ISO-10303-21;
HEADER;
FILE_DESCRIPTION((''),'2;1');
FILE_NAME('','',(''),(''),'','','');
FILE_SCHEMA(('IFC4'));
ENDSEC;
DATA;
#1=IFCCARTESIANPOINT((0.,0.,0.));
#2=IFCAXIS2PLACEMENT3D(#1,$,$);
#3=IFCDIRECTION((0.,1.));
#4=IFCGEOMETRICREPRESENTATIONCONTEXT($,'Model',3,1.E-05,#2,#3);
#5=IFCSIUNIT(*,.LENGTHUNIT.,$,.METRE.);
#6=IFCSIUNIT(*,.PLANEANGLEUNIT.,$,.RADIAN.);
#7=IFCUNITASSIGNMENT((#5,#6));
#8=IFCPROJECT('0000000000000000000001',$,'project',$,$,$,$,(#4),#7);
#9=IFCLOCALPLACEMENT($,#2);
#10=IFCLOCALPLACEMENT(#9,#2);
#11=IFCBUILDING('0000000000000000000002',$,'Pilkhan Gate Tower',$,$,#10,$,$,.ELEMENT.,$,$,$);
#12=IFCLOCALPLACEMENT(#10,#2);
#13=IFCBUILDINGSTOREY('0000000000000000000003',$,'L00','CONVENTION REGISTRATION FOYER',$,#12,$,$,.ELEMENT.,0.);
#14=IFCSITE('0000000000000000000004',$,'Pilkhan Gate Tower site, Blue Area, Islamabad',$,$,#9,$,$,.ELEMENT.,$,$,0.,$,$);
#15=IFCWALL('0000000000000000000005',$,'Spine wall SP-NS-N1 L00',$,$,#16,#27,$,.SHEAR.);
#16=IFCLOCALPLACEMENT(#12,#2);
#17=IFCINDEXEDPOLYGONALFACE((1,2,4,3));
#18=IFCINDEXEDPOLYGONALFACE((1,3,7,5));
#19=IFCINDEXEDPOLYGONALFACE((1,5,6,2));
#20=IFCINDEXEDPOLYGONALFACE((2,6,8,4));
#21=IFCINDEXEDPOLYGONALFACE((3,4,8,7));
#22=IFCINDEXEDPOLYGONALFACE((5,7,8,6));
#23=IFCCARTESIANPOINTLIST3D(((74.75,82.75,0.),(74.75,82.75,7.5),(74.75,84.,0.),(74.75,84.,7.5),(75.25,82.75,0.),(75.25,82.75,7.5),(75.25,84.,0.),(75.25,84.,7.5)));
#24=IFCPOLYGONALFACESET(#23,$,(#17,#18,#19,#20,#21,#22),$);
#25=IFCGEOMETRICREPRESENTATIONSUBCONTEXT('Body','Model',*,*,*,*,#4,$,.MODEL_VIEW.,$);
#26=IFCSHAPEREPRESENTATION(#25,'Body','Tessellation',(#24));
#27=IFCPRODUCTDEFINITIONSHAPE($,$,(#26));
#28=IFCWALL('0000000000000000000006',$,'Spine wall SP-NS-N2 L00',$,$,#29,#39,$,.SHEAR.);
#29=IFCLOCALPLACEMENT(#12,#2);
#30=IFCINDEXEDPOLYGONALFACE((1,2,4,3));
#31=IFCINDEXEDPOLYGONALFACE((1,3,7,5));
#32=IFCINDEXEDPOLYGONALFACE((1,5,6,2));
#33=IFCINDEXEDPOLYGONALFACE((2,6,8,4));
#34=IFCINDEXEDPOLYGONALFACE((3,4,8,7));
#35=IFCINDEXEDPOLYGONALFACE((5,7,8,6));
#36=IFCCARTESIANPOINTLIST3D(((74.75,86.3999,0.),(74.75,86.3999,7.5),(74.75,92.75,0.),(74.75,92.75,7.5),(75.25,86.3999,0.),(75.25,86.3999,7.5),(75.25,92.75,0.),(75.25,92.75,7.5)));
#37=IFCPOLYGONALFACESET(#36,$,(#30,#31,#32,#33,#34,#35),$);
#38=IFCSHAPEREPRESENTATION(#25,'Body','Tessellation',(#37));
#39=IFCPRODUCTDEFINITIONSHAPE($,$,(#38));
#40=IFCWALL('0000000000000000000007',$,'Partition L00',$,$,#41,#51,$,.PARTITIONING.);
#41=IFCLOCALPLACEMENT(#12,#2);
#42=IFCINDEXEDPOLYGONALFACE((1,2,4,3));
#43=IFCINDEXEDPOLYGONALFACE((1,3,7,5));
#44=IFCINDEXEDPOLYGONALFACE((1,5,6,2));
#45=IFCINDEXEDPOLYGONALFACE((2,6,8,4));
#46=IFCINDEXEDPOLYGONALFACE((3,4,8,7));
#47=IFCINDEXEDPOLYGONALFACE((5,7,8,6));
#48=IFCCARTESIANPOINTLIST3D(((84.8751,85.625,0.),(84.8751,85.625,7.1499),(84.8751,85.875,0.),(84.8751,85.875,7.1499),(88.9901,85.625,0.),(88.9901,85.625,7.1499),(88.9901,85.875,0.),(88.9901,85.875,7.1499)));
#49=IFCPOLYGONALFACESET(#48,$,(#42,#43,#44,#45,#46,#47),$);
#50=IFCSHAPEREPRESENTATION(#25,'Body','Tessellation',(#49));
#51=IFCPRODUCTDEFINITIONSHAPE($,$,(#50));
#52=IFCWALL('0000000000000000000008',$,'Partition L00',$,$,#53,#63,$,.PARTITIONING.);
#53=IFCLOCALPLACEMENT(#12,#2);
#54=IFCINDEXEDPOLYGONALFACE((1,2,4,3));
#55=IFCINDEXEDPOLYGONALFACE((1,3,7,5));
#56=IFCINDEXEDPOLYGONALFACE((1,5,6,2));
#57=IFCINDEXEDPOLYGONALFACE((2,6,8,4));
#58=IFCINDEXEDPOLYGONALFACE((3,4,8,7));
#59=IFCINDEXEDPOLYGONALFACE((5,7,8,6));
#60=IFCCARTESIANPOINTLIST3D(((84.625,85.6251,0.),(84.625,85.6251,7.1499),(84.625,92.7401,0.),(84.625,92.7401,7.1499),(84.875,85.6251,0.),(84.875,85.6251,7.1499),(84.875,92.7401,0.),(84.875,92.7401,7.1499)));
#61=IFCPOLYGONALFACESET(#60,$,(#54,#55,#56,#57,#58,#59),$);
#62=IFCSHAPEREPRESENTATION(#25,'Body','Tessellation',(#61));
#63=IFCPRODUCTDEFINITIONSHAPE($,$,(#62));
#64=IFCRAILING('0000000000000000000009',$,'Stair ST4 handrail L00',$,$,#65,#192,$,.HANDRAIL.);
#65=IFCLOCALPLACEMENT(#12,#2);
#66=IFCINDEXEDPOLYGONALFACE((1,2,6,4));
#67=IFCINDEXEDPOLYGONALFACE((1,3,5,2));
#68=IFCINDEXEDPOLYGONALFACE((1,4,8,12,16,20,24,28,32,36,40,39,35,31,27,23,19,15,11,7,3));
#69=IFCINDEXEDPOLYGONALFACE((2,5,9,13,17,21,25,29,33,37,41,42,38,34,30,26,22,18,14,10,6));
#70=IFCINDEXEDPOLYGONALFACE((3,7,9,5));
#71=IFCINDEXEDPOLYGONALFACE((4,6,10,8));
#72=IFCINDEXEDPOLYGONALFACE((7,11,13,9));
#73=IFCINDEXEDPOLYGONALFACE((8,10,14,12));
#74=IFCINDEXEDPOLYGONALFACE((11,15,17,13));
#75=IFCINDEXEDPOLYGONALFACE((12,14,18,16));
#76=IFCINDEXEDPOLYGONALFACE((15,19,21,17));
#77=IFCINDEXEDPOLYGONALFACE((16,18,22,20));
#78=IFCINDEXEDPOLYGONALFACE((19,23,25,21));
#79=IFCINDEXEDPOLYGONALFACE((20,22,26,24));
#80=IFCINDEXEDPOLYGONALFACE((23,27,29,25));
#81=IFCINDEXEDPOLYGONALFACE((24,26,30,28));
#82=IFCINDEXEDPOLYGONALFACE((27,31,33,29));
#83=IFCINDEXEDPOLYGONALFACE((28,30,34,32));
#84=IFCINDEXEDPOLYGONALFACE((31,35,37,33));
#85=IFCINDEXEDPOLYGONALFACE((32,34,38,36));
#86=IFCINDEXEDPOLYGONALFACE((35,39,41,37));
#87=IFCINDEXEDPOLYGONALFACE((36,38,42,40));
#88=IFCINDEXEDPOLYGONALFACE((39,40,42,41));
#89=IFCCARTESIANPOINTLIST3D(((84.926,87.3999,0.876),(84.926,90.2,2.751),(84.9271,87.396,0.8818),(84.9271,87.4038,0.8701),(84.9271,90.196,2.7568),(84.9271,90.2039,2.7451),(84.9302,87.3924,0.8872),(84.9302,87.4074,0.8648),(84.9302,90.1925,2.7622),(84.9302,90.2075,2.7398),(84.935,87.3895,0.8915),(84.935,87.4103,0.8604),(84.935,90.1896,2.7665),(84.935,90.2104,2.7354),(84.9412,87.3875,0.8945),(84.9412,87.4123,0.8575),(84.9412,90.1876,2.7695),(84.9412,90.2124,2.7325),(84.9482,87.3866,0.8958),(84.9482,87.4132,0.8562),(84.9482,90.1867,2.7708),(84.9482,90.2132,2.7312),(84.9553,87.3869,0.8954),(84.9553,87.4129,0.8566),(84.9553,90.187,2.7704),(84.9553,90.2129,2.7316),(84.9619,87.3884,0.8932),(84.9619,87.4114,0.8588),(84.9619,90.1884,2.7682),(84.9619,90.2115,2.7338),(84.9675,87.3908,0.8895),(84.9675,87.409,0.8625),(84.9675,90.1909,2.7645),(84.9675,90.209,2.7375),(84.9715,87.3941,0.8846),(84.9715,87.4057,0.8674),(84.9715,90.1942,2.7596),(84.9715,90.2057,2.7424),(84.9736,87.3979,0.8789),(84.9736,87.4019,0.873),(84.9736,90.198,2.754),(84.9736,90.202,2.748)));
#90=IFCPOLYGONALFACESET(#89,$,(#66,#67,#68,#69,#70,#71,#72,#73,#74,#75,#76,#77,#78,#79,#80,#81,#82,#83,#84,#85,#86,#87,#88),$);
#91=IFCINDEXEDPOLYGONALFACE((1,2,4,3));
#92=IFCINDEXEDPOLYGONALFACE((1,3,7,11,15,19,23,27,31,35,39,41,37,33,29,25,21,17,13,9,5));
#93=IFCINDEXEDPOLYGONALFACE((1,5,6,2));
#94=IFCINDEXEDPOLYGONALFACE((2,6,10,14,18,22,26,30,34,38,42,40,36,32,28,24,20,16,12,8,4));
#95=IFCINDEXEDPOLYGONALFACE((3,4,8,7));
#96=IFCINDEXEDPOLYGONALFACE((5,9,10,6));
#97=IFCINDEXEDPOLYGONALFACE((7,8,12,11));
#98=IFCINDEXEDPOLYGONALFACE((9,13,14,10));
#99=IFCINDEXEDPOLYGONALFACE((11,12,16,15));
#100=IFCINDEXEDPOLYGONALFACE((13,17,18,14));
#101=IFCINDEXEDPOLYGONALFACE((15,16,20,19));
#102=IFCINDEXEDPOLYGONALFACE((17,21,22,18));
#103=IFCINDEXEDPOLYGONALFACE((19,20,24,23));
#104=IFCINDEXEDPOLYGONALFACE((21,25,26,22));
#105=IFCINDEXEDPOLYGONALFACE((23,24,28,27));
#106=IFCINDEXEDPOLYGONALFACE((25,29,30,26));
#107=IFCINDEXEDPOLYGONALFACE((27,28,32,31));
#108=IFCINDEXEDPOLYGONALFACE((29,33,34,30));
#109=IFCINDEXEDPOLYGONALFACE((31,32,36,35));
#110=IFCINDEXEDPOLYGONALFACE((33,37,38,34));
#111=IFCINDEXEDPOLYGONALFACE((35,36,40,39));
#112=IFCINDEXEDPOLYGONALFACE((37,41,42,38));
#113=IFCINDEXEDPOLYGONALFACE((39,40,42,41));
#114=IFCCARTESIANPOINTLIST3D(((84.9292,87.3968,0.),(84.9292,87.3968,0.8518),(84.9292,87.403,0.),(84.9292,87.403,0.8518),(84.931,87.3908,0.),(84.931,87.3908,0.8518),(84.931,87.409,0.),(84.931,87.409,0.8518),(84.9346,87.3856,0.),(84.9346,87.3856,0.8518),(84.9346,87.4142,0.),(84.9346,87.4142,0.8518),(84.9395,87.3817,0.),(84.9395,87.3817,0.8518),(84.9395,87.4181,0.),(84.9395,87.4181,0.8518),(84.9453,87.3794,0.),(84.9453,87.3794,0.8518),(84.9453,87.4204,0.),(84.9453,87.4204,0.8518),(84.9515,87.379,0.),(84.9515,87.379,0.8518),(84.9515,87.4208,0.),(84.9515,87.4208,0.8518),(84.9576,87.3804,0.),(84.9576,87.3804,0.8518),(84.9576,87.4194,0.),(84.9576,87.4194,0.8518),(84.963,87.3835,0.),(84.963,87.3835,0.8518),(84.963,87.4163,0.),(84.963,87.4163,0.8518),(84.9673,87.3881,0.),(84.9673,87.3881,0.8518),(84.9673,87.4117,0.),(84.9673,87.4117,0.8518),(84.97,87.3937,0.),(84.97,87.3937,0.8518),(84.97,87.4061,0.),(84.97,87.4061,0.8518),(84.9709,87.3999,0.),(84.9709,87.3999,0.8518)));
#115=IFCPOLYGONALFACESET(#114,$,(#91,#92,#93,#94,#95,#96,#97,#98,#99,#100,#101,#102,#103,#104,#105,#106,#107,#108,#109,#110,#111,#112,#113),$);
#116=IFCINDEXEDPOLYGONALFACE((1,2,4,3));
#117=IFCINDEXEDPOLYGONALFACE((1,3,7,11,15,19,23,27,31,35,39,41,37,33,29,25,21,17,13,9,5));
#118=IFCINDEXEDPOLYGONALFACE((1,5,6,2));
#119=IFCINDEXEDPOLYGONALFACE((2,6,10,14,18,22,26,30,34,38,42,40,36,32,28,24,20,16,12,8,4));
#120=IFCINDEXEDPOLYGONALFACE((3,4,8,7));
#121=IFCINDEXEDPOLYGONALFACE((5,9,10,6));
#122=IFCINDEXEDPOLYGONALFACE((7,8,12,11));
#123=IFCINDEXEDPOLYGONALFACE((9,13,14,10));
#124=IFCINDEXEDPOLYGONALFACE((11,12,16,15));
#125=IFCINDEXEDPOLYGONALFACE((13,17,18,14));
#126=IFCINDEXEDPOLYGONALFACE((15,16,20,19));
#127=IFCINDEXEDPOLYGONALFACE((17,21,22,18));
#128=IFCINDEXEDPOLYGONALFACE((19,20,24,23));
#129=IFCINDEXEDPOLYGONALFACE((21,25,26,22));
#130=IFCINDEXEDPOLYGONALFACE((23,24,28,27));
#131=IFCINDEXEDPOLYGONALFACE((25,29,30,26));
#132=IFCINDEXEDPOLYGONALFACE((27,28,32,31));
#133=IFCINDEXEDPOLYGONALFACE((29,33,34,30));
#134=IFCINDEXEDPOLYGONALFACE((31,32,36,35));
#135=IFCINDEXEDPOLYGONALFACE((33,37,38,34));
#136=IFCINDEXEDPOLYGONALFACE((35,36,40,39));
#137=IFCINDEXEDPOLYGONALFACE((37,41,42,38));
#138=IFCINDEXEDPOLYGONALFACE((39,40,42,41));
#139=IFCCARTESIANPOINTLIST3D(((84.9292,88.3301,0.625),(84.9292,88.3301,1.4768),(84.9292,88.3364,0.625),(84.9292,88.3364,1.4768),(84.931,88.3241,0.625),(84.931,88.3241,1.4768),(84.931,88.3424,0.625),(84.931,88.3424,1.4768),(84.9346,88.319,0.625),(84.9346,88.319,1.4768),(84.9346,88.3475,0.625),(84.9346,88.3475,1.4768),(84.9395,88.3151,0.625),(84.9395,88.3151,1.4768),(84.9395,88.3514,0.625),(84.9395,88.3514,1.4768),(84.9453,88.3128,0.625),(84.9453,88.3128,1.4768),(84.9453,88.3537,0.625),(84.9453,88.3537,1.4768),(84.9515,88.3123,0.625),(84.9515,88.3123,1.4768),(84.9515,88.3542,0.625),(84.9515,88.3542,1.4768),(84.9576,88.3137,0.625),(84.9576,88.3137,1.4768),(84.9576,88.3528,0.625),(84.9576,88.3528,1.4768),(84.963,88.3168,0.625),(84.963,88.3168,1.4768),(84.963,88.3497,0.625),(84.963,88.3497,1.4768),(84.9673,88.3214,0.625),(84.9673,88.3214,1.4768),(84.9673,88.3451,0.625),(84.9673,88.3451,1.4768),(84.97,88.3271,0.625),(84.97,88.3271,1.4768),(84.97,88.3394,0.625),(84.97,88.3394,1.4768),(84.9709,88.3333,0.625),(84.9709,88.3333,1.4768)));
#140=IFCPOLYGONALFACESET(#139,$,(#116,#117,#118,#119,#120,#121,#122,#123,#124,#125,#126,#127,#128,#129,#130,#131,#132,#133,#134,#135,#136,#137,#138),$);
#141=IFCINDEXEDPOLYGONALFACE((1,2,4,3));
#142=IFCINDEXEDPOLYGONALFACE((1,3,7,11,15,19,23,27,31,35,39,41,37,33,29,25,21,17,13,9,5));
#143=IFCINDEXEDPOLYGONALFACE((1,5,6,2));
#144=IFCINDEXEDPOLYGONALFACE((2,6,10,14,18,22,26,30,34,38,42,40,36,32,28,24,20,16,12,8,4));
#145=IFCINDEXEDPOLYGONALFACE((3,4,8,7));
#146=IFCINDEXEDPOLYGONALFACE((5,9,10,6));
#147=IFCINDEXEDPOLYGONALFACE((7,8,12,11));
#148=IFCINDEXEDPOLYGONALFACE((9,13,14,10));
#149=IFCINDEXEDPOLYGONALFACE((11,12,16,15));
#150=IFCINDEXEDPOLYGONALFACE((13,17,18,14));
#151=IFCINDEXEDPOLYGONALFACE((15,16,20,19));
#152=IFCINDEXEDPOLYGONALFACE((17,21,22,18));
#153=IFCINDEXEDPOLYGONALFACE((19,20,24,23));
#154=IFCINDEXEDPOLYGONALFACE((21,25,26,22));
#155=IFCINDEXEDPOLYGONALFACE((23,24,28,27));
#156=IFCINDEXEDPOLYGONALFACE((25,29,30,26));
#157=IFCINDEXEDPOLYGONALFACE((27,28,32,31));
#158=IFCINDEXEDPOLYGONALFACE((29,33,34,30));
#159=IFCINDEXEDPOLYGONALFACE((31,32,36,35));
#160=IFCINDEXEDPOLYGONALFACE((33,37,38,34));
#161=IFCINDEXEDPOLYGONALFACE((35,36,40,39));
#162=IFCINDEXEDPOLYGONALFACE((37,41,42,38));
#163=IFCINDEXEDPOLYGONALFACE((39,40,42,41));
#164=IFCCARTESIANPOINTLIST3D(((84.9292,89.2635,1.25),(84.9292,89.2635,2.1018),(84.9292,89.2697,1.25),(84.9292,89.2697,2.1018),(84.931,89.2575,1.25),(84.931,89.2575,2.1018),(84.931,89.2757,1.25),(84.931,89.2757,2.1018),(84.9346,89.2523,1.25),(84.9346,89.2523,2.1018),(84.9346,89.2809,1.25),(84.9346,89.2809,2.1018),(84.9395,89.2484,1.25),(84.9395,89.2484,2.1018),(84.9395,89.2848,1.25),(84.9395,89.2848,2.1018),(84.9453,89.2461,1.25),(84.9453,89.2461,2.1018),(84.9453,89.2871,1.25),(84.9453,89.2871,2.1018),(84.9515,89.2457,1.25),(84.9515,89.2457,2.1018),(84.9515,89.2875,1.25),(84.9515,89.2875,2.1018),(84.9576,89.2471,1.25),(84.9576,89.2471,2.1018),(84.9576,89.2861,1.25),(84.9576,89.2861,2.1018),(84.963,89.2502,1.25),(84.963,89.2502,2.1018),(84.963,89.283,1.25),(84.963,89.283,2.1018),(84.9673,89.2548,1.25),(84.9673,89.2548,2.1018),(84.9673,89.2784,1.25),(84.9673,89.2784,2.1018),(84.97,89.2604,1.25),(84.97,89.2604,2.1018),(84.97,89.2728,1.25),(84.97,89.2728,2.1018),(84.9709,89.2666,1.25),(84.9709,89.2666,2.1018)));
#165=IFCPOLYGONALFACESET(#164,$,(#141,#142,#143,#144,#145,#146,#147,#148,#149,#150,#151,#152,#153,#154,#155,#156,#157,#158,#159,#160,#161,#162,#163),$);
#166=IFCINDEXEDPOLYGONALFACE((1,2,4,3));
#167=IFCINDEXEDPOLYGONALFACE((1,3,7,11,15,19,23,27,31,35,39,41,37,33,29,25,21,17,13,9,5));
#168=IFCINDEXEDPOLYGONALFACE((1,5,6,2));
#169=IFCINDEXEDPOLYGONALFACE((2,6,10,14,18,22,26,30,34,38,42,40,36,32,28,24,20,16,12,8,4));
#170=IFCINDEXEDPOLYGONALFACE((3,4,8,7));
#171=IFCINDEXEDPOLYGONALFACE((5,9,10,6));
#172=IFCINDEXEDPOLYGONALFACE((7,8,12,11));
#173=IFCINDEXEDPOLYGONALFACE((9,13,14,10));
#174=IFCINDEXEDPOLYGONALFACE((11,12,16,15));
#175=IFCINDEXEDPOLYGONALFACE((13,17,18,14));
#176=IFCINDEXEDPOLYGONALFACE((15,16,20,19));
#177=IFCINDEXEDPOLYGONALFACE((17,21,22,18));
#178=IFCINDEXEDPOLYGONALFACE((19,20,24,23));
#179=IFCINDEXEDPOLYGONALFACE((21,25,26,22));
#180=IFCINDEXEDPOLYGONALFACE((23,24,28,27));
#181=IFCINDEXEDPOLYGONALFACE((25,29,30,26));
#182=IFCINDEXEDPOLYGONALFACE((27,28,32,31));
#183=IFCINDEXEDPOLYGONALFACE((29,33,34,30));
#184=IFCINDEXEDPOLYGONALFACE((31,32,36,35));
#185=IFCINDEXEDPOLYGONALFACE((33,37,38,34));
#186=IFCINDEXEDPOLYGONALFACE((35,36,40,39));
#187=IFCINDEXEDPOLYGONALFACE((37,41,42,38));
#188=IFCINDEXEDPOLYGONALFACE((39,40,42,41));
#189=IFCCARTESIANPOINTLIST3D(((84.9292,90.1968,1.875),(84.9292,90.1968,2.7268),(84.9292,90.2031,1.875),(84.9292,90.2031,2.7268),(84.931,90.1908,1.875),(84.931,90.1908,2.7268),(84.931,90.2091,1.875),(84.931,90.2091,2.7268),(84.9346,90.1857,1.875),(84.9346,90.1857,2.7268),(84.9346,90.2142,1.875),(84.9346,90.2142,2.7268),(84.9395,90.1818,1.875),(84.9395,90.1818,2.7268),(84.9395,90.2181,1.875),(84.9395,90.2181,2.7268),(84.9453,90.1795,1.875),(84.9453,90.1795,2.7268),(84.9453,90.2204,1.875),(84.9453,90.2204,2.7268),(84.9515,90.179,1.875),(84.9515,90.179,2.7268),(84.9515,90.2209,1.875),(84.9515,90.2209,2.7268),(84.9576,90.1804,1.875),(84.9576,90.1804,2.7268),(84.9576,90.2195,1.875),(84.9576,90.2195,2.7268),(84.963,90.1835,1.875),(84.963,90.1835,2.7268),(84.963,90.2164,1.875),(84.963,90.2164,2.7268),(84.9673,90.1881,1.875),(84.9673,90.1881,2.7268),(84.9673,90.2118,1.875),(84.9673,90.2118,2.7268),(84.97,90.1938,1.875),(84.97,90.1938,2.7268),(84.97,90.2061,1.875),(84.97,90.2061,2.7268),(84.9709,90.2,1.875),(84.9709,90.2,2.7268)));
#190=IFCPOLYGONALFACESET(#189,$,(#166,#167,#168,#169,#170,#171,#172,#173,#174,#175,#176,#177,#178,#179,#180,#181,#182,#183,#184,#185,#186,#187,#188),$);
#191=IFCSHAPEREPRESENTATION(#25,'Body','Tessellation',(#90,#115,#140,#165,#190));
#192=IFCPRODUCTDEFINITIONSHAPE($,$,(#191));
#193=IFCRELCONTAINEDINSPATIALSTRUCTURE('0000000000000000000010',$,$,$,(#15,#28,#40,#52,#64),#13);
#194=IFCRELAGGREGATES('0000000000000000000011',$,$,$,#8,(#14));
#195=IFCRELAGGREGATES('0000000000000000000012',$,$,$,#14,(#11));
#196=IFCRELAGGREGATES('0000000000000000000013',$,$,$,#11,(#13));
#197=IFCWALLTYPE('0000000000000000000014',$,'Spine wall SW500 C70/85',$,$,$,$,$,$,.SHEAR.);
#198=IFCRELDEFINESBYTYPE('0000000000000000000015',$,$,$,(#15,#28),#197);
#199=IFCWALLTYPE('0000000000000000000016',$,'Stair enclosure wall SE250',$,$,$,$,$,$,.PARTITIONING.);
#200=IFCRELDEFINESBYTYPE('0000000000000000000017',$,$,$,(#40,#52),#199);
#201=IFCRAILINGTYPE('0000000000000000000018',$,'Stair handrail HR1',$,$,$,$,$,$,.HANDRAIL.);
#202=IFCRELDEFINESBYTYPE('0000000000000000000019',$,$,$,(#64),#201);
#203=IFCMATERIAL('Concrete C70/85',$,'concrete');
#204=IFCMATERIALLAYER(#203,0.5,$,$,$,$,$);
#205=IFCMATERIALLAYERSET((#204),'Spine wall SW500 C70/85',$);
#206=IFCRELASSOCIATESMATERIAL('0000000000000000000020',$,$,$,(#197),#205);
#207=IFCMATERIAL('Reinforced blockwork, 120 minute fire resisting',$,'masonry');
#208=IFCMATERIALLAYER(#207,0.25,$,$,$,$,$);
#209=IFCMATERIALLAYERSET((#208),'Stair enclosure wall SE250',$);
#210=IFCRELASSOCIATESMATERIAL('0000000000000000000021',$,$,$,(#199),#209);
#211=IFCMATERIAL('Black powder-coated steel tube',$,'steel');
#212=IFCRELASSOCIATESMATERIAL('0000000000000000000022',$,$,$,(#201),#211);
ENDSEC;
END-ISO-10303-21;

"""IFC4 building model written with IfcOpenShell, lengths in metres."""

from ifc_helpers import new_model, si_unit, direction, frame, frame_2d, origin, origin_2d, place, context, subcontext, project, spatial, rectangle, circle, extrude, material, layer, layer_set, type_object, element, save


model = new_model("IFC4")

# Units and contexts
model_context = context("Model", 3, precision=1e-05, world=origin(), true_north=direction((0.0, 1.0)))
body_context = subcontext(model_context, "Body", "Model", "MODEL_VIEW")
ifc_project = project(units=[si_unit("LENGTHUNIT", "METRE"), si_unit("PLANEANGLEUNIT", "RADIAN")], contexts=[model_context])

# Site, building, storey
site_placement = place(None, origin())
site = spatial("IfcSite", under=ifc_project, at=site_placement, Name="Pilkhan Gate Tower site, Blue Area, Islamabad", CompositionType="ELEMENT", RefElevation=0.0)
building_placement = place(site_placement, origin())
building = spatial("IfcBuilding", under=site, at=building_placement, Name="Pilkhan Gate Tower", CompositionType="ELEMENT")
storey_placement = place(building_placement, origin())
storey = spatial("IfcBuildingStorey", under=building, at=storey_placement, Name="L00", Description="CONVENTION REGISTRATION FOYER", CompositionType="ELEMENT", Elevation=0.0)

# Shared definitions
ifc_material_1 = material(Name="Concrete C70/85", Category="concrete")

# Walls
ifc_layer_1 = layer(ifc_material_1, 0.5)
ifc_layer_set_1 = layer_set([ifc_layer_1], Name="Spine wall SW500 C70/85")
wall_type_1 = type_object("IfcWallType", Name="Spine wall SW500 C70/85", PredefinedType="SHEAR", material=ifc_layer_set_1)
wall_1_placement = place(storey_placement, frame((75.0, 82.75, 0.0), z_axis=(0.0, 0.0, 1.0), x_axis=(0.0, 1.0, 0.0)))
element("IfcWall", 1, at=wall_1_placement, inside=storey, type_object=wall_type_1, Name="Spine wall SP-NS-N1 L00", PredefinedType="SHEAR", context=body_context, shape_type="SweptSolid", body=[
    extrude(rectangle(XDim=1.25, YDim=0.5, at=frame_2d((0.625, 0.0))), origin(), (0.0, 0.0, 1.0), 7.5),
])
wall_2_placement = place(storey_placement, frame((75.0, 86.3999, 0.0), z_axis=(0.0, 0.0, 1.0), x_axis=(0.0, 1.0, 0.0)))
element("IfcWall", 2, at=wall_2_placement, inside=storey, type_object=wall_type_1, Name="Spine wall SP-NS-N2 L00", PredefinedType="SHEAR", context=body_context, shape_type="SweptSolid", body=[
    extrude(rectangle(XDim=6.3501, YDim=0.5, at=frame_2d((3.175, 0.0))), origin(), (0.0, 0.0, 1.0), 7.5),
])
ifc_material_2 = material(Name="Reinforced blockwork, 120 minute fire resisting", Category="masonry")
ifc_layer_2 = layer(ifc_material_2, 0.25)
ifc_layer_set_2 = layer_set([ifc_layer_2], Name="Stair enclosure wall SE250")
wall_type_2 = type_object("IfcWallType", Name="Stair enclosure wall SE250", PredefinedType="PARTITIONING", material=ifc_layer_set_2)
wall_3_placement = place(storey_placement, frame((84.875, 85.75, 0.0), z_axis=(0.0, 0.0, 1.0), x_axis=(1.0, 0.0, 0.0)))
element("IfcWall", 3, at=wall_3_placement, inside=storey, type_object=wall_type_2, Name="Partition L00", PredefinedType="PARTITIONING", context=body_context, shape_type="SweptSolid", body=[
    extrude(rectangle(XDim=4.115, YDim=0.25, at=frame_2d((2.0576, 0.0))), origin(), (0.0, 0.0, 1.0), 7.1499),
])
wall_4_placement = place(storey_placement, frame((84.75, 85.625, 0.0), z_axis=(0.0, 0.0, 1.0), x_axis=(0.0, 1.0, 0.0)))
element("IfcWall", 4, at=wall_4_placement, inside=storey, type_object=wall_type_2, Name="Partition L00", PredefinedType="PARTITIONING", context=body_context, shape_type="SweptSolid", body=[
    extrude(rectangle(XDim=7.115, YDim=0.25, at=frame_2d((3.5576, 0.0))), origin(), (0.0, 0.0, 1.0), 7.1499),
])

# Railing
ifc_material_3 = material(Name="Black powder-coated steel tube", Category="steel")
railing_type = type_object("IfcRailingType", Name="Stair handrail HR1", PredefinedType="HANDRAIL", material=ifc_material_3)
for number, where, name in (
    (5, (84.95, 87.3999, 0.0), "Stair ST4 handrail L00"),
):
    element("IfcRailing", number, at=place(storey_placement, frame(where)), inside=storey, type_object=railing_type, Name=name, PredefinedType="HANDRAIL", context=body_context, shape_type="SweptSolid", body=[
        extrude(circle(Radius=0.0239, at=origin_2d()), frame((0.0, 0.0, 0.876), z_axis=(0.0, 0.830912, 0.556404), x_axis=(-1.0, 0.0, 0.0)), (0.0, 0.0, 1.0), 3.3699),
        extrude(circle(Radius=0.021, at=origin_2d()), origin(), (0.0, 0.0, 1.0), 0.8518),
        extrude(circle(Radius=0.021, at=origin_2d()), frame((0.0, 0.9333, 0.625)), (0.0, 0.0, 1.0), 0.8518),
        extrude(circle(Radius=0.021, at=origin_2d()), frame((0.0, 1.8667, 1.25)), (0.0, 0.0, 1.0), 0.8518),
        extrude(circle(Radius=0.021, at=origin_2d()), frame((0.0, 2.8, 1.875)), (0.0, 0.0, 1.0), 0.8518),
    ])

save(model, "model.ifc")
